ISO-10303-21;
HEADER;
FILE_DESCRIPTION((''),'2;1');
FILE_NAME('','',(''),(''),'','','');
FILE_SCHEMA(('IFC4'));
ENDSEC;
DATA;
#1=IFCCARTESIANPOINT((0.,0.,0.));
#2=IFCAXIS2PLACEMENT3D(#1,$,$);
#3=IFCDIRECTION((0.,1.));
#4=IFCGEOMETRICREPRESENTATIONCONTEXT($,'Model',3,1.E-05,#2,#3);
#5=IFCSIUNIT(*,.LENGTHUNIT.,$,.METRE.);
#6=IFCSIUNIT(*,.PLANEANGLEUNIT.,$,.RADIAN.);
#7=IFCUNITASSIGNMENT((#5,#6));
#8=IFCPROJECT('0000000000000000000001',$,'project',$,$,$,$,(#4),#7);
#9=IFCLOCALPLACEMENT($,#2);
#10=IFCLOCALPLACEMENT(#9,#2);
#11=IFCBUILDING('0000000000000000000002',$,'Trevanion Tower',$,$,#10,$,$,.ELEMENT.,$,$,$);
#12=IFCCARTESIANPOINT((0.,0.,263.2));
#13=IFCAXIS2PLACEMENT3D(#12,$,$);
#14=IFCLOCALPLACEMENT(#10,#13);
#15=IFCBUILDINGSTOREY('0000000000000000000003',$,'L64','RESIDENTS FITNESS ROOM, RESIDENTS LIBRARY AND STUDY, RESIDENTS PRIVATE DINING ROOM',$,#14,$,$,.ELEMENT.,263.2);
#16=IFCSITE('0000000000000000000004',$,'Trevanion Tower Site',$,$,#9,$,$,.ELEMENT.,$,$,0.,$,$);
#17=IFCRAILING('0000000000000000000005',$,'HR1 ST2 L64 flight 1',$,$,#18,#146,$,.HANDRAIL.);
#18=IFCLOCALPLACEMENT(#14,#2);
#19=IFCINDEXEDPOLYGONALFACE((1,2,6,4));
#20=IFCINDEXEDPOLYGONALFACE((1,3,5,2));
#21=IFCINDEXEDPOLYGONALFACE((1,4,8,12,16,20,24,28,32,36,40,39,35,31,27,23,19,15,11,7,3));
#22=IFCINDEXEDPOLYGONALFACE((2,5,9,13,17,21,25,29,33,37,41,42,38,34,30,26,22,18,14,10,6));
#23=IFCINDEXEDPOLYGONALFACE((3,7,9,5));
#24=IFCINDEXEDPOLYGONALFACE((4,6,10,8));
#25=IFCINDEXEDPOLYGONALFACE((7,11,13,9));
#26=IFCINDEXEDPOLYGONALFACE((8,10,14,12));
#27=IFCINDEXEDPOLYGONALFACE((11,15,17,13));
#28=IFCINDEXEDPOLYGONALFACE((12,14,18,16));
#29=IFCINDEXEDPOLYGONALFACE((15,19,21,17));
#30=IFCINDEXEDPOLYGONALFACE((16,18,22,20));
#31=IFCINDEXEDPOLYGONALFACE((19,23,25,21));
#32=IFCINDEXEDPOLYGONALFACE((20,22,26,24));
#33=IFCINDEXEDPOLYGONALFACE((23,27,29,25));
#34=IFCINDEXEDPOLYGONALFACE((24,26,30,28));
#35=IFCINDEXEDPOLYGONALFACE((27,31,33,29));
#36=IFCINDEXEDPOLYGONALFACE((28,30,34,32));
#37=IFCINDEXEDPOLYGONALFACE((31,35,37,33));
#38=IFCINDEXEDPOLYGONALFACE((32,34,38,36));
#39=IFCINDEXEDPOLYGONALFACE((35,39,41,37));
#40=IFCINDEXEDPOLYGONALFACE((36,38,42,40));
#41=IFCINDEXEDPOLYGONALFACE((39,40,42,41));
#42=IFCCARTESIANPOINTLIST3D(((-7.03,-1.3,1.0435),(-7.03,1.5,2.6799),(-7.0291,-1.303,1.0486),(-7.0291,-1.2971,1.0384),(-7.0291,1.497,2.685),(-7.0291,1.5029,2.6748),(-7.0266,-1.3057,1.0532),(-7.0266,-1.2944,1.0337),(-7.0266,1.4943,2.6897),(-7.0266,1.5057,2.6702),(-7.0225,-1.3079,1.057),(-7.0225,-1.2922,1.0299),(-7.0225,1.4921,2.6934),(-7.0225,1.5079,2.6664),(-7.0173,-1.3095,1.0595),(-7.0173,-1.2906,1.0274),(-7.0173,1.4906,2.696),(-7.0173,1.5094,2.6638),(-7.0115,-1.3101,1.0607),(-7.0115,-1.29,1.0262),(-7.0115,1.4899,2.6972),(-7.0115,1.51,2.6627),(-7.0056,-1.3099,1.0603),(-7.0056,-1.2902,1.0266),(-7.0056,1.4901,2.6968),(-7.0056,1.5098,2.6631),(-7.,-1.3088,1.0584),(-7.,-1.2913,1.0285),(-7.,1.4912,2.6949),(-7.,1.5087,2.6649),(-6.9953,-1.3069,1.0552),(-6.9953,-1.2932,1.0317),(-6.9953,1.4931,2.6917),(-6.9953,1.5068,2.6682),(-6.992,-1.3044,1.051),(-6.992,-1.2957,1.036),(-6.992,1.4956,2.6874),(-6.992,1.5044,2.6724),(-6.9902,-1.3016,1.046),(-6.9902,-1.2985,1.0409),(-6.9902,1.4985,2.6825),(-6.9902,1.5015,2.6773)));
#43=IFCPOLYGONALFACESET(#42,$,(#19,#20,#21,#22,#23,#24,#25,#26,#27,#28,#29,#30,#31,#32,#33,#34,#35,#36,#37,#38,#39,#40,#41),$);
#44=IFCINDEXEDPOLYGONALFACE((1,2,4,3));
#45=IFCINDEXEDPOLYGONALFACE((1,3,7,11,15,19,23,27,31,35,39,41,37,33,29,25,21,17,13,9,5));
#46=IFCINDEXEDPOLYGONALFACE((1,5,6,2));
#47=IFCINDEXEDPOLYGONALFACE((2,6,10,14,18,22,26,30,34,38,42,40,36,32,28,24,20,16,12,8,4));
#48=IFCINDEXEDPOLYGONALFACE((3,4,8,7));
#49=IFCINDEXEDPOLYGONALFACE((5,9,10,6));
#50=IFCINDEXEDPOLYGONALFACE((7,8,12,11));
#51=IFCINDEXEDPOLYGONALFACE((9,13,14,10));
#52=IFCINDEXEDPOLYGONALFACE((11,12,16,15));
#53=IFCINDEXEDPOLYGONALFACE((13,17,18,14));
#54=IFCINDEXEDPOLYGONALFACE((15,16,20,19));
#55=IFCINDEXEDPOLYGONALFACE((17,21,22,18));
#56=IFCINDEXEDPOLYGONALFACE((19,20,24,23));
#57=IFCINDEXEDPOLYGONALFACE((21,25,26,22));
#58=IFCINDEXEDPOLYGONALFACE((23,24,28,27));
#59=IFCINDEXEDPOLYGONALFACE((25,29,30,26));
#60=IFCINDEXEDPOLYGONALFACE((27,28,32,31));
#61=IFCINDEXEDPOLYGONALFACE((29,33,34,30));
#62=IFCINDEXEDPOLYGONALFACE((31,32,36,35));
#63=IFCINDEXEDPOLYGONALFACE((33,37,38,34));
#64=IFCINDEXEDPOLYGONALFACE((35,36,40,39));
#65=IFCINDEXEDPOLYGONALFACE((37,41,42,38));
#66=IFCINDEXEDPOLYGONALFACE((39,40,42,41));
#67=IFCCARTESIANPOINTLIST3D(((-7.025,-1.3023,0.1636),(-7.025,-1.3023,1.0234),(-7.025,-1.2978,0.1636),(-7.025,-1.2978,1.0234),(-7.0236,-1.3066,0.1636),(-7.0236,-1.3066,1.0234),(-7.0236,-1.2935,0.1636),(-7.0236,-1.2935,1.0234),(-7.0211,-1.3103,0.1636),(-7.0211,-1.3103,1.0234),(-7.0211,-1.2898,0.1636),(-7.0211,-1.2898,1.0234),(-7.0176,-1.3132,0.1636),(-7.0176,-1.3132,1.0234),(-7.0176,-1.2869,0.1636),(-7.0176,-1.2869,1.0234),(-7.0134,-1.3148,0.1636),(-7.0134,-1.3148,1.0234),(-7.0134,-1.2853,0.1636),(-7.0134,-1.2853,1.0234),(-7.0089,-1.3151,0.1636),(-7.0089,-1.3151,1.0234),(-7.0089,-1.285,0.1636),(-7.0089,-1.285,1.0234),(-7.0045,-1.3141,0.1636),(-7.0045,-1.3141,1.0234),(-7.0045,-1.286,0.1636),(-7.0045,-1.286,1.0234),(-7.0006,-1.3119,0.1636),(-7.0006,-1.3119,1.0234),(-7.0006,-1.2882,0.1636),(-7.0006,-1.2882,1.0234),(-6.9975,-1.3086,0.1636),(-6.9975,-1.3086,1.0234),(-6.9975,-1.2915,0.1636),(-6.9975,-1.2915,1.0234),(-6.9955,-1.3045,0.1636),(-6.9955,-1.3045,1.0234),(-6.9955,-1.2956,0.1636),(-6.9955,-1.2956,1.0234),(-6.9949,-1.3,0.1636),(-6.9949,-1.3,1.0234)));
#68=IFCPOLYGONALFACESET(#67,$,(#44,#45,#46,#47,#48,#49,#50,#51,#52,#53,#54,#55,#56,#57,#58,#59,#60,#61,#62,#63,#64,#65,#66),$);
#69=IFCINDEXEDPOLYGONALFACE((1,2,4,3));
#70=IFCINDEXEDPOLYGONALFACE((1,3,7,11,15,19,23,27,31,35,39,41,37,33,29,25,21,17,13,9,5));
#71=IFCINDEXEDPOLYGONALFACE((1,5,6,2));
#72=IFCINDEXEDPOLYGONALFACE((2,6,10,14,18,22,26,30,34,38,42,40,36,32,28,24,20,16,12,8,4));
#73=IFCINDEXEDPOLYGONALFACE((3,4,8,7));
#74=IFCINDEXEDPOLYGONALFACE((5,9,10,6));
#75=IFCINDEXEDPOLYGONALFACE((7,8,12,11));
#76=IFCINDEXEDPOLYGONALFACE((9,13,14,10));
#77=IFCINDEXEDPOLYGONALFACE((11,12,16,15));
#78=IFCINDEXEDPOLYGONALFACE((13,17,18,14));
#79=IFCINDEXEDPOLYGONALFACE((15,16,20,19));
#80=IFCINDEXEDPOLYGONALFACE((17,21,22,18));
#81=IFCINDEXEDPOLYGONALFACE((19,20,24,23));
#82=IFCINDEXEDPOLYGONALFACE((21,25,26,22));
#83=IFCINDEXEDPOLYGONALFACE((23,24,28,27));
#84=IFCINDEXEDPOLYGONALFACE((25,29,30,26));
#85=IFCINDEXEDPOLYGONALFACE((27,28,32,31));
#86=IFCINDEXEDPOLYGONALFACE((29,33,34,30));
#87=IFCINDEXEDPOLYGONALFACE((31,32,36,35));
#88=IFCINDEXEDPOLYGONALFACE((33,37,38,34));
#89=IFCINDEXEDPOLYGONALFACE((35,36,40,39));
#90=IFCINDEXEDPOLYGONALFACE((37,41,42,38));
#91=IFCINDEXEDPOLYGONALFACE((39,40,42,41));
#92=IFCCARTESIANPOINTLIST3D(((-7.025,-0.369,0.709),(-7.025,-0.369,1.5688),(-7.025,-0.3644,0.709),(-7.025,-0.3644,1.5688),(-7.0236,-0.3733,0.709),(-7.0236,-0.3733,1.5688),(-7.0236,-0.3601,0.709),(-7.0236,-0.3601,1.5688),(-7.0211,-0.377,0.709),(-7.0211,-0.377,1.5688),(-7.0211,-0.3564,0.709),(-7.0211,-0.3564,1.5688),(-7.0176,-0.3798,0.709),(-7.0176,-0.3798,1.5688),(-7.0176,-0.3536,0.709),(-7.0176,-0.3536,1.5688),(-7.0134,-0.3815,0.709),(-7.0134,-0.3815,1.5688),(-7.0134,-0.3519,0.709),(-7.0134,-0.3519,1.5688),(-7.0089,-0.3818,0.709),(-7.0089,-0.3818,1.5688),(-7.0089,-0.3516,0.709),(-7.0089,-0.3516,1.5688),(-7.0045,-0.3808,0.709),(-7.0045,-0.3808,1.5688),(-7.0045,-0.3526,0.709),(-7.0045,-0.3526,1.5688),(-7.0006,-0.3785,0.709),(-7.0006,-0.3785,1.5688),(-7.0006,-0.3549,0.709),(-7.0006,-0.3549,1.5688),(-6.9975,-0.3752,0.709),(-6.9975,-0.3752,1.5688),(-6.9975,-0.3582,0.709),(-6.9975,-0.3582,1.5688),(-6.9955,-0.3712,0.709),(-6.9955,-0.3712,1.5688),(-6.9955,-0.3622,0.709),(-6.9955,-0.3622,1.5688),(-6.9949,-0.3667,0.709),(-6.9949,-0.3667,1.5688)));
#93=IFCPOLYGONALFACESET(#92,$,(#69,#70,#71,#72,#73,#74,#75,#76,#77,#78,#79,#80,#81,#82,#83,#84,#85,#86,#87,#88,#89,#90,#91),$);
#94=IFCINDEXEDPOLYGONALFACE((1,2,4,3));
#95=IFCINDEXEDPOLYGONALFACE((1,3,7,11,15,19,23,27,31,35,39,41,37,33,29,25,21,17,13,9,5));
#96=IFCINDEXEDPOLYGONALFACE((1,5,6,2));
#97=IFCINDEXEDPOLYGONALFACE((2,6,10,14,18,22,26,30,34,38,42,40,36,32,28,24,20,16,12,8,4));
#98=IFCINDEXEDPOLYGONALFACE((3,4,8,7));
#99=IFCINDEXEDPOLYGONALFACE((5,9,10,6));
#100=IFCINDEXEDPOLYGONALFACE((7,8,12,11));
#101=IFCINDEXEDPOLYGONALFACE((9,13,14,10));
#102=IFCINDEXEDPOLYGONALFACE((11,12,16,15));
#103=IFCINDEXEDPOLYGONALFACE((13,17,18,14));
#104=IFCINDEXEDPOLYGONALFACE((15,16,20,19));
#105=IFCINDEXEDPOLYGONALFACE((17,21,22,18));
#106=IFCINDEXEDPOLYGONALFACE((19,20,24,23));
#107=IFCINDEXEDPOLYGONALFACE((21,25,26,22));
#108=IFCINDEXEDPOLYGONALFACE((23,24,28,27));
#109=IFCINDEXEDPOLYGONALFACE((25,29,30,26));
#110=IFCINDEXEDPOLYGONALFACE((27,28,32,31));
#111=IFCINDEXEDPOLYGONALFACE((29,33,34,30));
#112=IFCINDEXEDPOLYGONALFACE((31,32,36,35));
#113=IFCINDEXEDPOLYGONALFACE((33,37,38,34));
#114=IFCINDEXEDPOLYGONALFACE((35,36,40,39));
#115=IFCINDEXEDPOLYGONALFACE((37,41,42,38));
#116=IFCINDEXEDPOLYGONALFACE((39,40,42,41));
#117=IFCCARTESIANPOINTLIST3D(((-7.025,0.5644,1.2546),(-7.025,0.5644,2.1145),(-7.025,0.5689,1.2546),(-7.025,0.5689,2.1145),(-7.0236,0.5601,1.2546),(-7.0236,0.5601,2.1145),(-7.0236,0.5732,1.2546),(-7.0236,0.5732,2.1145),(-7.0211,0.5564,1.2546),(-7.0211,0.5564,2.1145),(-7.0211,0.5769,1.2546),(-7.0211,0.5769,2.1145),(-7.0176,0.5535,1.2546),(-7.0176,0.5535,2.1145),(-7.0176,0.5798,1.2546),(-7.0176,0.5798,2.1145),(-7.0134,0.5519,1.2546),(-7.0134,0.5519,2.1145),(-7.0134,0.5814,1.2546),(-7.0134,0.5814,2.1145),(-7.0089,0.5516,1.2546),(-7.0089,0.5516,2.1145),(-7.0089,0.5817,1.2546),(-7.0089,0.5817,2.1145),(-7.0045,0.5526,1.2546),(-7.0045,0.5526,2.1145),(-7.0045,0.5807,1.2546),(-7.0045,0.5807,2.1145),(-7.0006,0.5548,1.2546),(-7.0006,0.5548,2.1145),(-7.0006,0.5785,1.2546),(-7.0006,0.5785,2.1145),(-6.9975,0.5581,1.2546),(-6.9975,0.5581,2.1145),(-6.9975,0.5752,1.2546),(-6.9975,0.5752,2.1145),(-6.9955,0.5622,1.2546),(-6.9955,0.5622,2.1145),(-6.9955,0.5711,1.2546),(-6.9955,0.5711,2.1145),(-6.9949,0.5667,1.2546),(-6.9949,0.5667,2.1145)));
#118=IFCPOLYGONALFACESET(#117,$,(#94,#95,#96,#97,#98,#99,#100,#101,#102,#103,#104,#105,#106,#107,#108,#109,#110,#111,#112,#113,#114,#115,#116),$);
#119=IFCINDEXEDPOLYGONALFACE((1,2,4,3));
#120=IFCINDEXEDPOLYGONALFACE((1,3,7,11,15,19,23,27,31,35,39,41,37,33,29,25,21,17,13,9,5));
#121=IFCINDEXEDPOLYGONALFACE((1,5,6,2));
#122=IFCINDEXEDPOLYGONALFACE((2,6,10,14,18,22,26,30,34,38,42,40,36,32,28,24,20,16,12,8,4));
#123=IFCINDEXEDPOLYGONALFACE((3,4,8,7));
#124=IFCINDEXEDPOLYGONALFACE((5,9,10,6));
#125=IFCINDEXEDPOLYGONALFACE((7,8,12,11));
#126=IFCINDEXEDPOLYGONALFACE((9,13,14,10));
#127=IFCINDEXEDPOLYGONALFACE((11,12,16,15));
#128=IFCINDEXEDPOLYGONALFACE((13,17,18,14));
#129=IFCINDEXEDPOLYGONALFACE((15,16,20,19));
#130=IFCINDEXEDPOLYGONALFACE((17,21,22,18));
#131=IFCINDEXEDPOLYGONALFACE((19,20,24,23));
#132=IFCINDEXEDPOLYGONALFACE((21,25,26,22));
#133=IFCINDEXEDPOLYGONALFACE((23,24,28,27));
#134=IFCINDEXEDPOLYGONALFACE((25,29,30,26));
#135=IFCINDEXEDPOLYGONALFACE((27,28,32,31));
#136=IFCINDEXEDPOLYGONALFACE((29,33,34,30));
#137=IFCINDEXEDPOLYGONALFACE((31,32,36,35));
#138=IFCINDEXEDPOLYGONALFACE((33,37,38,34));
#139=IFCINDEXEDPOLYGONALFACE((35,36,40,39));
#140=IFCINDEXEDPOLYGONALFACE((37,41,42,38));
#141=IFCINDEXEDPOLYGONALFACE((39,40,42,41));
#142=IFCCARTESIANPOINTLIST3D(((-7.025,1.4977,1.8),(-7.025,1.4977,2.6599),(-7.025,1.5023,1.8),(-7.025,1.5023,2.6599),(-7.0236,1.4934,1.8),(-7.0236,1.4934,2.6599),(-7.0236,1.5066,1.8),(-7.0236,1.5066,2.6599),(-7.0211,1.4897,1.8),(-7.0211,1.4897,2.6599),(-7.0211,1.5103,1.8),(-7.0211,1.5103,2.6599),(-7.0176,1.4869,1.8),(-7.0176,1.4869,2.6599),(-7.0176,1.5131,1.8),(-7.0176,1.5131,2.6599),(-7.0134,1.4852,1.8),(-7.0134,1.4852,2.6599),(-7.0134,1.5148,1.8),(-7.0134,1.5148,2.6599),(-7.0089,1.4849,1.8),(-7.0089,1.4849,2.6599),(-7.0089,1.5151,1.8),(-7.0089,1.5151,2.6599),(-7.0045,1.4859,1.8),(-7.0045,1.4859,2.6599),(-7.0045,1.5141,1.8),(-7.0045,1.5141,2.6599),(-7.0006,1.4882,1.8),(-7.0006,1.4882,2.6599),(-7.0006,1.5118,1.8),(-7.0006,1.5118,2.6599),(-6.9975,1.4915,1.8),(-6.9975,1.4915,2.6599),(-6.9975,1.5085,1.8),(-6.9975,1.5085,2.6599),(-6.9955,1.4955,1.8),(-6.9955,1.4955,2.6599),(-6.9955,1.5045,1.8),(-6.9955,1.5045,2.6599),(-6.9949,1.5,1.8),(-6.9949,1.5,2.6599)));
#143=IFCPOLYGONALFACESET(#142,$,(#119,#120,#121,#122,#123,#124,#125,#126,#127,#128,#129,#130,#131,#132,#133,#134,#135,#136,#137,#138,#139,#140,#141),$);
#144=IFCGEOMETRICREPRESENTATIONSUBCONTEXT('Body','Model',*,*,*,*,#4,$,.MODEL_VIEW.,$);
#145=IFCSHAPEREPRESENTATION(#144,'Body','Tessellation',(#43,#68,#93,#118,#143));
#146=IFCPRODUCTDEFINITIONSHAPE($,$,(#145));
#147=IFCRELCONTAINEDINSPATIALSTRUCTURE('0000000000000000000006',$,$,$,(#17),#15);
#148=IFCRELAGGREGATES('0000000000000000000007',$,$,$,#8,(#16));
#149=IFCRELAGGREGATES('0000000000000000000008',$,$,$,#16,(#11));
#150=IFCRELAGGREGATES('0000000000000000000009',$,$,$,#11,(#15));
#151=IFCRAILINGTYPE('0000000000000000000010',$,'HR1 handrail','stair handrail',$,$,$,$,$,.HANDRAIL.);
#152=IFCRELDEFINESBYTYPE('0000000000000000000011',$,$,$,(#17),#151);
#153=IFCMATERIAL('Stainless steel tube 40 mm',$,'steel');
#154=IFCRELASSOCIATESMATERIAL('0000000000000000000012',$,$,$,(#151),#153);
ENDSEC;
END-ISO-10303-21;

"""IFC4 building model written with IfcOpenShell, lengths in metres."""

from ifc_helpers import new_model, si_unit, direction, frame, origin, origin_2d, place, context, subcontext, project, spatial, circle, extrude, material, type_object, element, save


model = new_model("IFC4")

# Units and contexts
model_context = context("Model", 3, precision=1e-05, world=origin(), true_north=direction((0.0, 1.0)))
body_context = subcontext(model_context, "Body", "Model", "MODEL_VIEW")
ifc_project = project(units=[si_unit("LENGTHUNIT", "METRE"), si_unit("PLANEANGLEUNIT", "RADIAN")], contexts=[model_context])

# Site, building, storey
site_placement = place(None, origin())
site = spatial("IfcSite", under=ifc_project, at=site_placement, Name="Trevanion Tower Site", CompositionType="ELEMENT", RefElevation=0.0)
building_placement = place(site_placement, origin())
building = spatial("IfcBuilding", under=site, at=building_placement, Name="Trevanion Tower", CompositionType="ELEMENT")
storey_placement = place(building_placement, frame((0.0, 0.0, 263.2)))
storey = spatial("IfcBuildingStorey", under=building, at=storey_placement, Name="L64", Description="RESIDENTS FITNESS ROOM, RESIDENTS LIBRARY AND STUDY, RESIDENTS PRIVATE DINING ROOM", CompositionType="ELEMENT", Elevation=263.2)

# Railing
ifc_material_1 = material(Name="Stainless steel tube 40 mm", Category="steel")
railing_type = type_object("IfcRailingType", Name="HR1 handrail", Description="stair handrail", PredefinedType="HANDRAIL", material=ifc_material_1)
for number, where, name in (
    (1, (-7.01, -1.3, 0.1636), "HR1 ST2 L64 flight 1"),
):
    element("IfcRailing", number, at=place(storey_placement, frame(where)), inside=storey, type_object=railing_type, Name=name, PredefinedType="HANDRAIL", context=body_context, shape_type="SweptSolid", body=[
        extrude(circle(Radius=0.02, at=origin_2d()), frame((0.0, 0.0, 0.8799), z_axis=(0.0, 0.863361, 0.504587), x_axis=(-1.0, 0.0, 0.0)), (0.0, 0.0, 1.0), 3.2432),
        extrude(circle(Radius=0.0151, at=origin_2d()), origin(), (0.0, 0.0, 1.0), 0.8599),
        extrude(circle(Radius=0.0151, at=origin_2d()), frame((0.0, 0.9333, 0.5454)), (0.0, 0.0, 1.0), 0.8599),
        extrude(circle(Radius=0.0151, at=origin_2d()), frame((0.0, 1.8667, 1.0911)), (0.0, 0.0, 1.0), 0.8599),
        extrude(circle(Radius=0.0151, at=origin_2d()), frame((0.0, 2.8, 1.6365)), (0.0, 0.0, 1.0), 0.8599),
    ])

save(model, "model.ifc")
